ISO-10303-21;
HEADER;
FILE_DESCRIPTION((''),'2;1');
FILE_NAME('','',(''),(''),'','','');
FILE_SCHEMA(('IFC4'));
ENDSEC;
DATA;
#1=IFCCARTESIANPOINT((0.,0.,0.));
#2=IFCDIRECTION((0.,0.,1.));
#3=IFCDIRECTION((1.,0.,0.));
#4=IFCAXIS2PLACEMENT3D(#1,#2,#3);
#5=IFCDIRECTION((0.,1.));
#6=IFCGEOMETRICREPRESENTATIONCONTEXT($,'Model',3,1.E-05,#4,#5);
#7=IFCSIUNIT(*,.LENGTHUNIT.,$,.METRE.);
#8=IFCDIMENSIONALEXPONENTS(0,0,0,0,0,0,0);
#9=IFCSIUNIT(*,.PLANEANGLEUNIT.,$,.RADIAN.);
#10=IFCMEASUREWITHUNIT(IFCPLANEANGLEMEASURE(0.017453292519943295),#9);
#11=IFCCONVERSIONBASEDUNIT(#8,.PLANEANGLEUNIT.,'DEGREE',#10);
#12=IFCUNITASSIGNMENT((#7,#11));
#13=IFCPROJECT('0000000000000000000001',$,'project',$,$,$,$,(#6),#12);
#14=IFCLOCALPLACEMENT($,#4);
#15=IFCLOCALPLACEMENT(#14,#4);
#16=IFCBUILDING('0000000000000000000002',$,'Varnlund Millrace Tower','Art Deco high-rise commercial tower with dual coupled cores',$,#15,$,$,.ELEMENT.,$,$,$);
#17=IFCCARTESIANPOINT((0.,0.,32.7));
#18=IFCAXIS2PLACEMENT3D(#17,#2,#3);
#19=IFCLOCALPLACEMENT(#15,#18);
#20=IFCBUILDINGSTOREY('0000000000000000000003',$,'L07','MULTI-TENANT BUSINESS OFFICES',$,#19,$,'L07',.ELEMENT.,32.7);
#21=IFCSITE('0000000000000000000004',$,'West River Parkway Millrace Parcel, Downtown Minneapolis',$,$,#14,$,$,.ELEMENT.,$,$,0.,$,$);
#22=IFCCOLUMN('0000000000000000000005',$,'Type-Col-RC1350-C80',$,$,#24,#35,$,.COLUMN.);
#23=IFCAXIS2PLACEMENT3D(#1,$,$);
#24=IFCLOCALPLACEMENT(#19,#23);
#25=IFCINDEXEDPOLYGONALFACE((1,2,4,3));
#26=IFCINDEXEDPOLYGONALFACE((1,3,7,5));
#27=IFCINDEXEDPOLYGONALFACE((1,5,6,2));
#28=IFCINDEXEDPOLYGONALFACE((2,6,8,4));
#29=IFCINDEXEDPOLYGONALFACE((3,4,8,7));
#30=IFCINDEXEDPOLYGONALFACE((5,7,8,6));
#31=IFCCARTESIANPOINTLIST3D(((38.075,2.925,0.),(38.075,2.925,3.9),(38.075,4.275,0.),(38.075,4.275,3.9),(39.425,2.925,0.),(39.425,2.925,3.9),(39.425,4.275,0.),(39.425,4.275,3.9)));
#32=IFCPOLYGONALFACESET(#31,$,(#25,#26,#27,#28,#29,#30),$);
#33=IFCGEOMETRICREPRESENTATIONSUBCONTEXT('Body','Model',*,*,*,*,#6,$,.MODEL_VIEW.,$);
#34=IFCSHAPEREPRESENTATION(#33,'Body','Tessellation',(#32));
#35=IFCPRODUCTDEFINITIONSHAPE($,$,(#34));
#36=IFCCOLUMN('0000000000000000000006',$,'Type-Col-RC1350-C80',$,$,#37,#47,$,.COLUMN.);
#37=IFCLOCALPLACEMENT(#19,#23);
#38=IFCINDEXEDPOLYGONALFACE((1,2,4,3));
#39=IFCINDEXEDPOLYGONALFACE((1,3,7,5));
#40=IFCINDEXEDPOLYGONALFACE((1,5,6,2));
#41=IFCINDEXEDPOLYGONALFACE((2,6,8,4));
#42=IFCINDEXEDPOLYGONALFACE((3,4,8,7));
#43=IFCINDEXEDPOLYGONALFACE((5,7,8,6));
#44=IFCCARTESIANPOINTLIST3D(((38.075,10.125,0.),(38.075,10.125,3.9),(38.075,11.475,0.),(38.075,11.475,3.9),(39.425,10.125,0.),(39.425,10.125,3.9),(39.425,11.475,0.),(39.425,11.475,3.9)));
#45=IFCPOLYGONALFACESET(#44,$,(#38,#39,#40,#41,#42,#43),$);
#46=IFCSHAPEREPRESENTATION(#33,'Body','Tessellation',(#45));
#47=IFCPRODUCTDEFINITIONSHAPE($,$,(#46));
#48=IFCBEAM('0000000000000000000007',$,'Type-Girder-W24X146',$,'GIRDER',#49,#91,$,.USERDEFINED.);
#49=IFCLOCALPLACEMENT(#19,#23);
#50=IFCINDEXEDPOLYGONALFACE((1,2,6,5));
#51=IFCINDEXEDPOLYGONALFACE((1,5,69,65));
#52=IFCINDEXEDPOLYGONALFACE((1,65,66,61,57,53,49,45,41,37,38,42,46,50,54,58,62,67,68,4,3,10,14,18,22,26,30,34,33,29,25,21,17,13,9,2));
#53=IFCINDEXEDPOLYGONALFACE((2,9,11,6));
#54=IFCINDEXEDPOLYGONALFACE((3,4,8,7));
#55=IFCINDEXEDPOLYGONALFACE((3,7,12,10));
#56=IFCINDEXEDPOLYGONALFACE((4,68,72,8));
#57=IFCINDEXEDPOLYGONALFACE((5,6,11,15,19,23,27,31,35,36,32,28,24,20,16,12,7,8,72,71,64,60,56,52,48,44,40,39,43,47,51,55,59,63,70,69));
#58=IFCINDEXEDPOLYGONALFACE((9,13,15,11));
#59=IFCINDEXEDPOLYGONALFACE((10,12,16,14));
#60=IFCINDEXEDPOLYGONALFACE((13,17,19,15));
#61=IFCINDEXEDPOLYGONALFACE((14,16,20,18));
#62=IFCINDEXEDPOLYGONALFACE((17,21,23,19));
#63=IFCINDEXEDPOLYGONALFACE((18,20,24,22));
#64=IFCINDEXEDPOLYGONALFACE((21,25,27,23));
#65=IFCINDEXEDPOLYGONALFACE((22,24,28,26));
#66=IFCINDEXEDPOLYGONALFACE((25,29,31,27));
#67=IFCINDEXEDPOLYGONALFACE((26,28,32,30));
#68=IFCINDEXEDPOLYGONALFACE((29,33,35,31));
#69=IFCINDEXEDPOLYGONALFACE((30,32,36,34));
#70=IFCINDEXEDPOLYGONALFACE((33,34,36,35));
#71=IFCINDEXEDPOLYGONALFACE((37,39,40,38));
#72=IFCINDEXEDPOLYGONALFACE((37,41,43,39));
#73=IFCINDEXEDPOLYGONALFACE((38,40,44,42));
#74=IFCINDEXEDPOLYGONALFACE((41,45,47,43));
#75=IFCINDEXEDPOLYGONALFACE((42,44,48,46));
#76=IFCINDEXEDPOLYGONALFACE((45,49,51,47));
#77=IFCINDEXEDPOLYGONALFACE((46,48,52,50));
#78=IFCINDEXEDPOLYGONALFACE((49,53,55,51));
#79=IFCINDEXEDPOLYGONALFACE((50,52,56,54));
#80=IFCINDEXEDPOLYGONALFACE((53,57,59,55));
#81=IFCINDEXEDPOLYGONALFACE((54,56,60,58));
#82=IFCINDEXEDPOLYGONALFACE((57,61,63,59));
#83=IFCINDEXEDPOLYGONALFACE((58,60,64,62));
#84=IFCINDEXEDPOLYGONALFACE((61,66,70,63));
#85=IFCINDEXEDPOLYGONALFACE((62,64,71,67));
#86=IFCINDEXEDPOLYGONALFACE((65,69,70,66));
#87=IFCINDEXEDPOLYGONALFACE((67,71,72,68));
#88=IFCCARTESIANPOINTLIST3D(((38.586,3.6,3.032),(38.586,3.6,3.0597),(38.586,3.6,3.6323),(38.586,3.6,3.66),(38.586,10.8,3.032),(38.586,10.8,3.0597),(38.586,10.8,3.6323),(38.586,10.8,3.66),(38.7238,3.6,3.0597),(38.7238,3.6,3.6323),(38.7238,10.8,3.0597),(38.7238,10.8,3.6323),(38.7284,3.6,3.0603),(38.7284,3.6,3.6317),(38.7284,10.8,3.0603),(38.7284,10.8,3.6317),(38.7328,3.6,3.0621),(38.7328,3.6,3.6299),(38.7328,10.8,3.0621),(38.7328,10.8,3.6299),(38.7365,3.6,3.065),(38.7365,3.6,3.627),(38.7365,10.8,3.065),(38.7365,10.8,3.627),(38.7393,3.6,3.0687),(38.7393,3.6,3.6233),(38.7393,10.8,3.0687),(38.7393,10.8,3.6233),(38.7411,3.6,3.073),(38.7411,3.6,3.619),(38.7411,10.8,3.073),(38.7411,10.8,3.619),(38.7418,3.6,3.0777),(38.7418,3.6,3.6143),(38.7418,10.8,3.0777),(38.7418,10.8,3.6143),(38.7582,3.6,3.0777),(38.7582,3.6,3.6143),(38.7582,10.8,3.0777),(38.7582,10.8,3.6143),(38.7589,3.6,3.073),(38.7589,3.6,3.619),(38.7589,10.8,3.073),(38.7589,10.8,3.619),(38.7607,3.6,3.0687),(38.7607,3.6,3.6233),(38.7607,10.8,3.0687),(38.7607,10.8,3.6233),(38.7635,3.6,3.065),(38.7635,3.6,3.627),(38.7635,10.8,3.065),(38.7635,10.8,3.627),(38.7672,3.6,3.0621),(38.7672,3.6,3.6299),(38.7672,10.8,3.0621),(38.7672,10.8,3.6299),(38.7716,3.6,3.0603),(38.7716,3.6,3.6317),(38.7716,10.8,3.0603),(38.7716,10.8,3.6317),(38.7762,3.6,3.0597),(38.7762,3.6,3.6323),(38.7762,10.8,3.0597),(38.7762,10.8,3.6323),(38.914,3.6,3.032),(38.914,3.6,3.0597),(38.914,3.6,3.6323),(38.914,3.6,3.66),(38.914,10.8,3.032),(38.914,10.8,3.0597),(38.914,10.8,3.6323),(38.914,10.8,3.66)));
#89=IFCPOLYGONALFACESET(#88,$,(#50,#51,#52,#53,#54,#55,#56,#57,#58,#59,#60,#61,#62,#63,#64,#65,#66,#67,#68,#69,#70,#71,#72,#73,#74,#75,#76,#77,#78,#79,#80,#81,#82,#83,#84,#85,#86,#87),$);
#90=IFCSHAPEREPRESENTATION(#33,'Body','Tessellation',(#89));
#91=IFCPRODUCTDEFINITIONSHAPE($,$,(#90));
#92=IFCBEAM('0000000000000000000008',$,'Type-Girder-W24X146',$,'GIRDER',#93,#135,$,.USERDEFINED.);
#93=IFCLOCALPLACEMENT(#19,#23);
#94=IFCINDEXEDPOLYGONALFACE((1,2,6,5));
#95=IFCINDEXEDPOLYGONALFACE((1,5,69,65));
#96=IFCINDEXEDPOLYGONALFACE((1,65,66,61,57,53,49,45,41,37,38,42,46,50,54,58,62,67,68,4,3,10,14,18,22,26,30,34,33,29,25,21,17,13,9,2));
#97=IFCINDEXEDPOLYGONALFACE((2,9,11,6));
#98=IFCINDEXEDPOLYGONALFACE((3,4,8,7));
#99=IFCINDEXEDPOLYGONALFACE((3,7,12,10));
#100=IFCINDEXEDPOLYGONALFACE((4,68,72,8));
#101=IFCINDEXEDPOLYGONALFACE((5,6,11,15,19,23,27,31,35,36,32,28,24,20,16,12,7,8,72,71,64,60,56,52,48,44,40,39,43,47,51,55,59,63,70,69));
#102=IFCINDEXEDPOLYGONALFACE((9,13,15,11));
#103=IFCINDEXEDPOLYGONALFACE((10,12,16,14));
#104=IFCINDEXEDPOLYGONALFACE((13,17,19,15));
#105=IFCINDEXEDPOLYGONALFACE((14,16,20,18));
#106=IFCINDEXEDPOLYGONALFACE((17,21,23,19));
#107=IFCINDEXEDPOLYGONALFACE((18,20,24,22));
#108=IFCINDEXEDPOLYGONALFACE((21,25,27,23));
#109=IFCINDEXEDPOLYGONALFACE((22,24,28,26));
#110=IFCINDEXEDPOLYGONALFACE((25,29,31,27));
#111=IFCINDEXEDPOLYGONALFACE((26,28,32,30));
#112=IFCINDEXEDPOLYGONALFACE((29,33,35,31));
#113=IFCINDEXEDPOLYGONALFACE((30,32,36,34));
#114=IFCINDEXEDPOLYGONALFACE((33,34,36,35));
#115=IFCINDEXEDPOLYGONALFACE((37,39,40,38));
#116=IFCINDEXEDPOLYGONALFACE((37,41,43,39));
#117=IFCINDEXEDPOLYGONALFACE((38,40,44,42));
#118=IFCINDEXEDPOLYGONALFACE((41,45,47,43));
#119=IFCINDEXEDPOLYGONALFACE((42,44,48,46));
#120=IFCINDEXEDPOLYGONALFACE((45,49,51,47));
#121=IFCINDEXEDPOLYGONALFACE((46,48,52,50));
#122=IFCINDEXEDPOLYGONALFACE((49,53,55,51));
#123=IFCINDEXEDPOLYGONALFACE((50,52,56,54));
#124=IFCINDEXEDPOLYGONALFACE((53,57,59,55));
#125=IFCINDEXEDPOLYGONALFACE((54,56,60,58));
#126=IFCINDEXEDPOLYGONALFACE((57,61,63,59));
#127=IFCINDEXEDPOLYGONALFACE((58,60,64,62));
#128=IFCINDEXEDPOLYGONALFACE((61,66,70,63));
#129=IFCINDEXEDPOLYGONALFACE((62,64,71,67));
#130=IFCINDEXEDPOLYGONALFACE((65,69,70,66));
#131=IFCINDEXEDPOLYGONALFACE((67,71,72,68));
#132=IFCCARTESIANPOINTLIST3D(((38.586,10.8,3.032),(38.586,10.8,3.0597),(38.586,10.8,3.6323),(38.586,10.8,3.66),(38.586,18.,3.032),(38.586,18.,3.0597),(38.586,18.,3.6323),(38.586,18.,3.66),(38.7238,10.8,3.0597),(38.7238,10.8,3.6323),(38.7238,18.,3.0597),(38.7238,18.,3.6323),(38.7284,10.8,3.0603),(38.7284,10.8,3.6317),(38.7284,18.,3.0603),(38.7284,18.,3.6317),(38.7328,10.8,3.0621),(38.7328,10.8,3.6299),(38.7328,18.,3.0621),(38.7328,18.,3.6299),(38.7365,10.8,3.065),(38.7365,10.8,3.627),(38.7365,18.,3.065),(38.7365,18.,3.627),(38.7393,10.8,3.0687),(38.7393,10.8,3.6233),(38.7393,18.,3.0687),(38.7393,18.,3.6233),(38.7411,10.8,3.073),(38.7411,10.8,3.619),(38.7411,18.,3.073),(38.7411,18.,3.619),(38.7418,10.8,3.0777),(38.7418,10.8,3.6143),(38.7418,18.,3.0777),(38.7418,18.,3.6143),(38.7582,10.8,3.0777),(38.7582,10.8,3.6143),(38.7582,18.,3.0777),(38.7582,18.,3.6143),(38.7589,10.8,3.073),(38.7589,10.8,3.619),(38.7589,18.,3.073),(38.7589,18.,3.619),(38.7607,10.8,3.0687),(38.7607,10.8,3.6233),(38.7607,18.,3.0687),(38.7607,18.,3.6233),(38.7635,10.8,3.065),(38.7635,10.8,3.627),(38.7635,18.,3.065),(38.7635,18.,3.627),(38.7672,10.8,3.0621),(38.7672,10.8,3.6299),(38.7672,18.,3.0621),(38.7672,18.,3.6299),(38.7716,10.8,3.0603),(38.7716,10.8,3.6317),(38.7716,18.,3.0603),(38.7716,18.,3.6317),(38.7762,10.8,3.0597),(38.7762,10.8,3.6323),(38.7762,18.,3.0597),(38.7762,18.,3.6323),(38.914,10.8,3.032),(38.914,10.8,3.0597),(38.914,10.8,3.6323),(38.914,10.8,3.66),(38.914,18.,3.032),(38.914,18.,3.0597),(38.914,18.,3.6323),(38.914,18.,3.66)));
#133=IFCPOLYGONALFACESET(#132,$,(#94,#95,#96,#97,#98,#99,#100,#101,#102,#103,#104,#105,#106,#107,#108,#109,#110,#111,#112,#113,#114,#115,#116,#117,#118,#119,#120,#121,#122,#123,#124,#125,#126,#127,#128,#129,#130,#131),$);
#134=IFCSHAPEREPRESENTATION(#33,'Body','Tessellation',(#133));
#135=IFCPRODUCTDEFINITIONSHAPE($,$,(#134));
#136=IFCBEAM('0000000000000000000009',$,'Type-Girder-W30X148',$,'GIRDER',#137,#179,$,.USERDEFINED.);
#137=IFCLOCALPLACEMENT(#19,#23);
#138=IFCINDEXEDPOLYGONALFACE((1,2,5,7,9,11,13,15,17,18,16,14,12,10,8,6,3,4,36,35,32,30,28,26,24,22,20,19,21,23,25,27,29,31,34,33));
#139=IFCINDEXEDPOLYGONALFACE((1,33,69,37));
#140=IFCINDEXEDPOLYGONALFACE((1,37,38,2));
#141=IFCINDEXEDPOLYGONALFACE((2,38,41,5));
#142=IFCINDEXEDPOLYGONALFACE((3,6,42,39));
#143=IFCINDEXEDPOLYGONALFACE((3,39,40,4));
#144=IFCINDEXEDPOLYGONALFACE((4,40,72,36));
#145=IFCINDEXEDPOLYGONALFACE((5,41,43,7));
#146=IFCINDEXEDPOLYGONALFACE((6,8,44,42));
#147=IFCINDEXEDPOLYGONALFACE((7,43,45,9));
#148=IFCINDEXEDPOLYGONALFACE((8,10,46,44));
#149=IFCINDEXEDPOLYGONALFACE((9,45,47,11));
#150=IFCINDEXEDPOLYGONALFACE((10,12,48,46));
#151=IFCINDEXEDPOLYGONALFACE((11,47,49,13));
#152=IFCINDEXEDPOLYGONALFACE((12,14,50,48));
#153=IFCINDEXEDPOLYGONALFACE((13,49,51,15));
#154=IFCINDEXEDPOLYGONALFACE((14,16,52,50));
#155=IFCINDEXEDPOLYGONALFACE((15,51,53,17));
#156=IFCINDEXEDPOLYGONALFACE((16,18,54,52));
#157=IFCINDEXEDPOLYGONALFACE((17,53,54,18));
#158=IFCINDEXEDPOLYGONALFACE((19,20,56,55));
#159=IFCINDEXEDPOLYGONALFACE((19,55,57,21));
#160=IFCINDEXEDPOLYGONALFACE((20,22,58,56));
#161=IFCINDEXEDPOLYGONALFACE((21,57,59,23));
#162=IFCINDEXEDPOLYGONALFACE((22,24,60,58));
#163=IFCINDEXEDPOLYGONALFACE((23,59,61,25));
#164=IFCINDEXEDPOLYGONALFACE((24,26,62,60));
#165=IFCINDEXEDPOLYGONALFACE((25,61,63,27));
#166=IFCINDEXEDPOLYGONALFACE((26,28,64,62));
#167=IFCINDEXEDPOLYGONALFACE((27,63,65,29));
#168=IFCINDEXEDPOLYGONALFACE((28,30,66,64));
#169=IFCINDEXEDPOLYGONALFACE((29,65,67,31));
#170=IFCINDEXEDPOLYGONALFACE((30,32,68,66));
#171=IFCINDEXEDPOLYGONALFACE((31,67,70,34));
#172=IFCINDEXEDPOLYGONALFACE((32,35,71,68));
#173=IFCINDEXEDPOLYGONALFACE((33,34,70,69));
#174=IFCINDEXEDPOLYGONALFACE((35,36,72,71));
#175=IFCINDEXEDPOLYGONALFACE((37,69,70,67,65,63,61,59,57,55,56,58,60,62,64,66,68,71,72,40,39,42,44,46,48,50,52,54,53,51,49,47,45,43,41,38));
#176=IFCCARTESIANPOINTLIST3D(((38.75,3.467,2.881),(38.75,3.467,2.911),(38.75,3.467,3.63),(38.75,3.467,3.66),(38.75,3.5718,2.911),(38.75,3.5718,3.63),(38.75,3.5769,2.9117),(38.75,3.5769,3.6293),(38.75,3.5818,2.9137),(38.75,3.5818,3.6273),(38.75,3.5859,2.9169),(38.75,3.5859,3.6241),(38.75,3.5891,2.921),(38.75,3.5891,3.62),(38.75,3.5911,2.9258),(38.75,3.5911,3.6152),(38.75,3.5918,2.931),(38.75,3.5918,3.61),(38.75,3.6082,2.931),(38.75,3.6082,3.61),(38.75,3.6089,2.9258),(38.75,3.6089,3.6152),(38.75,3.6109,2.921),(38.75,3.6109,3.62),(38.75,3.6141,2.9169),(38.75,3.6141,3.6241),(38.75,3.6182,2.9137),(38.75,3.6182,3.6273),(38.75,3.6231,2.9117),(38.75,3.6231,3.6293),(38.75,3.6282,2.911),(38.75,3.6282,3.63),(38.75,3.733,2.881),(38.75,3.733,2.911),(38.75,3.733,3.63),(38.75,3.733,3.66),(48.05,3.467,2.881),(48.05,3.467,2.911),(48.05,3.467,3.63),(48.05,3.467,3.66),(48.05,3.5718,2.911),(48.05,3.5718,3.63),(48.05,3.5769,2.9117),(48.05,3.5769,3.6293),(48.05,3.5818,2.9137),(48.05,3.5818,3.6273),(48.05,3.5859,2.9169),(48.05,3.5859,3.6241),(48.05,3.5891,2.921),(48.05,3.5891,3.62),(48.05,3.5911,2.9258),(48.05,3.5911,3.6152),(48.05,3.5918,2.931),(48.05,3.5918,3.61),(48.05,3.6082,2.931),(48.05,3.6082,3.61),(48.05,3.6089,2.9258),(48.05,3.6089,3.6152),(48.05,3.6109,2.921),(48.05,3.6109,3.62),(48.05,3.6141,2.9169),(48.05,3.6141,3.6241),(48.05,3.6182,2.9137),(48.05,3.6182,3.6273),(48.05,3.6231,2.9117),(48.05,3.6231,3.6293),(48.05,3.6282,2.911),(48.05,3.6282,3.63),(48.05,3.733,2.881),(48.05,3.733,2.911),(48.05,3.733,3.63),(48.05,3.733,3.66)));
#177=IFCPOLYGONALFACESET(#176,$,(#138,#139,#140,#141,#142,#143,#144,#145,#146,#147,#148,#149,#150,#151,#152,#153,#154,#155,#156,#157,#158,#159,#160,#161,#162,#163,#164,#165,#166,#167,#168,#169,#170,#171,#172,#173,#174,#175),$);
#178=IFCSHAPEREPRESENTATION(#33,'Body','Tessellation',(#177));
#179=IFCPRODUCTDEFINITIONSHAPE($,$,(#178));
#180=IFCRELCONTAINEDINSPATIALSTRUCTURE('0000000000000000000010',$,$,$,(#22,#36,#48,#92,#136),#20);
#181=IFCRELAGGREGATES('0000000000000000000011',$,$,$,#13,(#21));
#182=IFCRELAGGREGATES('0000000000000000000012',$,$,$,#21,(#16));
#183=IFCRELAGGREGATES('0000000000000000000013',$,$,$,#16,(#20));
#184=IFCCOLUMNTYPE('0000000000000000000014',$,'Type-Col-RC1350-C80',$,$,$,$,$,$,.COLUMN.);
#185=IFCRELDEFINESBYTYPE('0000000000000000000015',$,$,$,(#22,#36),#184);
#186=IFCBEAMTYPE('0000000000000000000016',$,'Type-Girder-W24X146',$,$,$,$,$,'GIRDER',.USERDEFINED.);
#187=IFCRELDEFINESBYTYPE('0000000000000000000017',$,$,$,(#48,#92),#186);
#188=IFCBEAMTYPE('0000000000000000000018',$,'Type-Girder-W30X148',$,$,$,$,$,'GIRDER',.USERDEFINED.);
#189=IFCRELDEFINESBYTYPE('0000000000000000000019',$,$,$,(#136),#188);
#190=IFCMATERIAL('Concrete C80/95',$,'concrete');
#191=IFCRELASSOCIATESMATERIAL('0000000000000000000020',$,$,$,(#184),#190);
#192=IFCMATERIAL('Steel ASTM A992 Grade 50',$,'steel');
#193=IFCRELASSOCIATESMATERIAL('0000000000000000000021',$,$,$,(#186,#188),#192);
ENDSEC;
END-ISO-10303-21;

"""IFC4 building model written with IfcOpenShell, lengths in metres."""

from ifc_helpers import new_model, entity, si_unit, converted_unit, direction, frame, origin_with_axes, origin_2d_with_axis, place, context, subcontext, project, spatial, rectangle, i_section, extrude, material, material_profile, profile_set, type_object, element, save


model = new_model("IFC4")

# Units and contexts
model_context = context("Model", 3, precision=1e-05, world=origin_with_axes(), true_north=direction((0.0, 1.0)))
body_context = subcontext(model_context, "Body", "Model", "MODEL_VIEW")
ifc_project = project(units=[si_unit("LENGTHUNIT", "METRE"), converted_unit("PLANEANGLEUNIT", "DEGREE", entity("IfcPlaneAngleMeasure", 0.017453292519943295), si_unit("PLANEANGLEUNIT", "RADIAN"), dimensions=[0, 0, 0, 0, 0, 0, 0])], contexts=[model_context])

# Site, building, storey
site_placement = place(None, origin_with_axes())
site = spatial("IfcSite", under=ifc_project, at=site_placement, Name="West River Parkway Millrace Parcel, Downtown Minneapolis", CompositionType="ELEMENT", RefElevation=0.0)
building_placement = place(site_placement, origin_with_axes())
building = spatial("IfcBuilding", under=site, at=building_placement, Name="Varnlund Millrace Tower", Description="Art Deco high-rise commercial tower with dual coupled cores", CompositionType="ELEMENT")
storey_placement = place(building_placement, frame((0.0, 0.0, 32.7), z_axis=(0.0, 0.0, 1.0), x_axis=(1.0, 0.0, 0.0)))
storey = spatial("IfcBuildingStorey", under=building, at=storey_placement, Name="L07", Description="MULTI-TENANT BUSINESS OFFICES", LongName="L07", CompositionType="ELEMENT", Elevation=32.7)

# Columns
ifc_material_1 = material(Name="Concrete C80/95", Category="concrete")
ifc_material_profile_1 = material_profile(ifc_material_1, rectangle(XDim=1.35, YDim=1.35, at=origin_2d_with_axis()), Name="Concrete C80/95")
ifc_profile_set_1 = profile_set([ifc_material_profile_1], Name="Concrete C80/95")
column_type = type_object("IfcColumnType", Name="Type-Col-RC1350-C80", PredefinedType="COLUMN", material=ifc_profile_set_1)
for number, where, z_axis, x_axis, name in (
    (1, (38.75, 3.6, 0.0), (0.0, 0.0, 1.0), (1.0, 0.0, 0.0), "Type-Col-RC1350-C80"),
    (2, (38.75, 10.8, 0.0), (0.0, 0.0, 1.0), (1.0, 0.0, 0.0), "Type-Col-RC1350-C80"),
):
    element("IfcColumn", number, at=place(storey_placement, frame(where, z_axis=z_axis, x_axis=x_axis)), inside=storey, type_object=column_type, Name=name, PredefinedType="COLUMN", context=body_context, shape_type="SweptSolid", body=[
        extrude(rectangle(XDim=1.35, YDim=1.35, at=origin_2d_with_axis()), origin_with_axes(), (0.0, 0.0, 1.0), 3.9),
    ])

# Beams
ifc_material_2 = material(Name="Steel ASTM A992 Grade 50", Category="steel")
ifc_material_profile_2 = material_profile(ifc_material_2, i_section(OverallWidth=0.328, OverallDepth=0.628, WebThickness=0.0165, FlangeThickness=0.0277, FilletRadius=0.018, at=origin_2d_with_axis()), Name="Steel ASTM A992 Grade 50")
ifc_profile_set_2 = profile_set([ifc_material_profile_2], Name="Steel ASTM A992 Grade 50")
beam_type_1 = type_object("IfcBeamType", Name="Type-Girder-W24X146", ElementType="GIRDER", PredefinedType="USERDEFINED", material=ifc_profile_set_2)
for number, where, z_axis, x_axis, name in (
    (3, (38.75, 3.6, 3.346), (0.0, 1.0, 0.0), (-1.0, 0.0, 0.0), "Type-Girder-W24X146"),
    (4, (38.75, 10.8, 3.346), (0.0, 1.0, 0.0), (-1.0, 0.0, 0.0), "Type-Girder-W24X146"),
):
    element("IfcBeam", number, at=place(storey_placement, frame(where, z_axis=z_axis, x_axis=x_axis)), inside=storey, type_object=beam_type_1, Name=name, ObjectType="GIRDER", PredefinedType="USERDEFINED", context=body_context, shape_type="SweptSolid", body=[
        extrude(i_section(OverallWidth=0.328, OverallDepth=0.628, WebThickness=0.0165, FlangeThickness=0.0277, FilletRadius=0.018, at=origin_2d_with_axis()), origin_with_axes(), (0.0, 0.0, 1.0), 7.2),
    ])
ifc_material_profile_3 = material_profile(ifc_material_2, i_section(OverallWidth=0.266, OverallDepth=0.779, WebThickness=0.0165, FlangeThickness=0.03, FilletRadius=0.02, at=origin_2d_with_axis()), Name="Steel ASTM A992 Grade 50")
ifc_profile_set_3 = profile_set([ifc_material_profile_3], Name="Steel ASTM A992 Grade 50")
beam_type_2 = type_object("IfcBeamType", Name="Type-Girder-W30X148", ElementType="GIRDER", PredefinedType="USERDEFINED", material=ifc_profile_set_3)
beam_1_placement = place(storey_placement, frame((38.75, 3.6, 3.2705), z_axis=(1.0, 0.0, 0.0), x_axis=(0.0, 1.0, 0.0)))
element("IfcBeam", 5, at=beam_1_placement, inside=storey, type_object=beam_type_2, Name="Type-Girder-W30X148", ObjectType="GIRDER", PredefinedType="USERDEFINED", context=body_context, shape_type="SweptSolid", body=[
    extrude(i_section(OverallWidth=0.266, OverallDepth=0.779, WebThickness=0.0165, FlangeThickness=0.03, FilletRadius=0.02, at=origin_2d_with_axis()), origin_with_axes(), (0.0, 0.0, 1.0), 9.3),
])

save(model, "model.ifc")
